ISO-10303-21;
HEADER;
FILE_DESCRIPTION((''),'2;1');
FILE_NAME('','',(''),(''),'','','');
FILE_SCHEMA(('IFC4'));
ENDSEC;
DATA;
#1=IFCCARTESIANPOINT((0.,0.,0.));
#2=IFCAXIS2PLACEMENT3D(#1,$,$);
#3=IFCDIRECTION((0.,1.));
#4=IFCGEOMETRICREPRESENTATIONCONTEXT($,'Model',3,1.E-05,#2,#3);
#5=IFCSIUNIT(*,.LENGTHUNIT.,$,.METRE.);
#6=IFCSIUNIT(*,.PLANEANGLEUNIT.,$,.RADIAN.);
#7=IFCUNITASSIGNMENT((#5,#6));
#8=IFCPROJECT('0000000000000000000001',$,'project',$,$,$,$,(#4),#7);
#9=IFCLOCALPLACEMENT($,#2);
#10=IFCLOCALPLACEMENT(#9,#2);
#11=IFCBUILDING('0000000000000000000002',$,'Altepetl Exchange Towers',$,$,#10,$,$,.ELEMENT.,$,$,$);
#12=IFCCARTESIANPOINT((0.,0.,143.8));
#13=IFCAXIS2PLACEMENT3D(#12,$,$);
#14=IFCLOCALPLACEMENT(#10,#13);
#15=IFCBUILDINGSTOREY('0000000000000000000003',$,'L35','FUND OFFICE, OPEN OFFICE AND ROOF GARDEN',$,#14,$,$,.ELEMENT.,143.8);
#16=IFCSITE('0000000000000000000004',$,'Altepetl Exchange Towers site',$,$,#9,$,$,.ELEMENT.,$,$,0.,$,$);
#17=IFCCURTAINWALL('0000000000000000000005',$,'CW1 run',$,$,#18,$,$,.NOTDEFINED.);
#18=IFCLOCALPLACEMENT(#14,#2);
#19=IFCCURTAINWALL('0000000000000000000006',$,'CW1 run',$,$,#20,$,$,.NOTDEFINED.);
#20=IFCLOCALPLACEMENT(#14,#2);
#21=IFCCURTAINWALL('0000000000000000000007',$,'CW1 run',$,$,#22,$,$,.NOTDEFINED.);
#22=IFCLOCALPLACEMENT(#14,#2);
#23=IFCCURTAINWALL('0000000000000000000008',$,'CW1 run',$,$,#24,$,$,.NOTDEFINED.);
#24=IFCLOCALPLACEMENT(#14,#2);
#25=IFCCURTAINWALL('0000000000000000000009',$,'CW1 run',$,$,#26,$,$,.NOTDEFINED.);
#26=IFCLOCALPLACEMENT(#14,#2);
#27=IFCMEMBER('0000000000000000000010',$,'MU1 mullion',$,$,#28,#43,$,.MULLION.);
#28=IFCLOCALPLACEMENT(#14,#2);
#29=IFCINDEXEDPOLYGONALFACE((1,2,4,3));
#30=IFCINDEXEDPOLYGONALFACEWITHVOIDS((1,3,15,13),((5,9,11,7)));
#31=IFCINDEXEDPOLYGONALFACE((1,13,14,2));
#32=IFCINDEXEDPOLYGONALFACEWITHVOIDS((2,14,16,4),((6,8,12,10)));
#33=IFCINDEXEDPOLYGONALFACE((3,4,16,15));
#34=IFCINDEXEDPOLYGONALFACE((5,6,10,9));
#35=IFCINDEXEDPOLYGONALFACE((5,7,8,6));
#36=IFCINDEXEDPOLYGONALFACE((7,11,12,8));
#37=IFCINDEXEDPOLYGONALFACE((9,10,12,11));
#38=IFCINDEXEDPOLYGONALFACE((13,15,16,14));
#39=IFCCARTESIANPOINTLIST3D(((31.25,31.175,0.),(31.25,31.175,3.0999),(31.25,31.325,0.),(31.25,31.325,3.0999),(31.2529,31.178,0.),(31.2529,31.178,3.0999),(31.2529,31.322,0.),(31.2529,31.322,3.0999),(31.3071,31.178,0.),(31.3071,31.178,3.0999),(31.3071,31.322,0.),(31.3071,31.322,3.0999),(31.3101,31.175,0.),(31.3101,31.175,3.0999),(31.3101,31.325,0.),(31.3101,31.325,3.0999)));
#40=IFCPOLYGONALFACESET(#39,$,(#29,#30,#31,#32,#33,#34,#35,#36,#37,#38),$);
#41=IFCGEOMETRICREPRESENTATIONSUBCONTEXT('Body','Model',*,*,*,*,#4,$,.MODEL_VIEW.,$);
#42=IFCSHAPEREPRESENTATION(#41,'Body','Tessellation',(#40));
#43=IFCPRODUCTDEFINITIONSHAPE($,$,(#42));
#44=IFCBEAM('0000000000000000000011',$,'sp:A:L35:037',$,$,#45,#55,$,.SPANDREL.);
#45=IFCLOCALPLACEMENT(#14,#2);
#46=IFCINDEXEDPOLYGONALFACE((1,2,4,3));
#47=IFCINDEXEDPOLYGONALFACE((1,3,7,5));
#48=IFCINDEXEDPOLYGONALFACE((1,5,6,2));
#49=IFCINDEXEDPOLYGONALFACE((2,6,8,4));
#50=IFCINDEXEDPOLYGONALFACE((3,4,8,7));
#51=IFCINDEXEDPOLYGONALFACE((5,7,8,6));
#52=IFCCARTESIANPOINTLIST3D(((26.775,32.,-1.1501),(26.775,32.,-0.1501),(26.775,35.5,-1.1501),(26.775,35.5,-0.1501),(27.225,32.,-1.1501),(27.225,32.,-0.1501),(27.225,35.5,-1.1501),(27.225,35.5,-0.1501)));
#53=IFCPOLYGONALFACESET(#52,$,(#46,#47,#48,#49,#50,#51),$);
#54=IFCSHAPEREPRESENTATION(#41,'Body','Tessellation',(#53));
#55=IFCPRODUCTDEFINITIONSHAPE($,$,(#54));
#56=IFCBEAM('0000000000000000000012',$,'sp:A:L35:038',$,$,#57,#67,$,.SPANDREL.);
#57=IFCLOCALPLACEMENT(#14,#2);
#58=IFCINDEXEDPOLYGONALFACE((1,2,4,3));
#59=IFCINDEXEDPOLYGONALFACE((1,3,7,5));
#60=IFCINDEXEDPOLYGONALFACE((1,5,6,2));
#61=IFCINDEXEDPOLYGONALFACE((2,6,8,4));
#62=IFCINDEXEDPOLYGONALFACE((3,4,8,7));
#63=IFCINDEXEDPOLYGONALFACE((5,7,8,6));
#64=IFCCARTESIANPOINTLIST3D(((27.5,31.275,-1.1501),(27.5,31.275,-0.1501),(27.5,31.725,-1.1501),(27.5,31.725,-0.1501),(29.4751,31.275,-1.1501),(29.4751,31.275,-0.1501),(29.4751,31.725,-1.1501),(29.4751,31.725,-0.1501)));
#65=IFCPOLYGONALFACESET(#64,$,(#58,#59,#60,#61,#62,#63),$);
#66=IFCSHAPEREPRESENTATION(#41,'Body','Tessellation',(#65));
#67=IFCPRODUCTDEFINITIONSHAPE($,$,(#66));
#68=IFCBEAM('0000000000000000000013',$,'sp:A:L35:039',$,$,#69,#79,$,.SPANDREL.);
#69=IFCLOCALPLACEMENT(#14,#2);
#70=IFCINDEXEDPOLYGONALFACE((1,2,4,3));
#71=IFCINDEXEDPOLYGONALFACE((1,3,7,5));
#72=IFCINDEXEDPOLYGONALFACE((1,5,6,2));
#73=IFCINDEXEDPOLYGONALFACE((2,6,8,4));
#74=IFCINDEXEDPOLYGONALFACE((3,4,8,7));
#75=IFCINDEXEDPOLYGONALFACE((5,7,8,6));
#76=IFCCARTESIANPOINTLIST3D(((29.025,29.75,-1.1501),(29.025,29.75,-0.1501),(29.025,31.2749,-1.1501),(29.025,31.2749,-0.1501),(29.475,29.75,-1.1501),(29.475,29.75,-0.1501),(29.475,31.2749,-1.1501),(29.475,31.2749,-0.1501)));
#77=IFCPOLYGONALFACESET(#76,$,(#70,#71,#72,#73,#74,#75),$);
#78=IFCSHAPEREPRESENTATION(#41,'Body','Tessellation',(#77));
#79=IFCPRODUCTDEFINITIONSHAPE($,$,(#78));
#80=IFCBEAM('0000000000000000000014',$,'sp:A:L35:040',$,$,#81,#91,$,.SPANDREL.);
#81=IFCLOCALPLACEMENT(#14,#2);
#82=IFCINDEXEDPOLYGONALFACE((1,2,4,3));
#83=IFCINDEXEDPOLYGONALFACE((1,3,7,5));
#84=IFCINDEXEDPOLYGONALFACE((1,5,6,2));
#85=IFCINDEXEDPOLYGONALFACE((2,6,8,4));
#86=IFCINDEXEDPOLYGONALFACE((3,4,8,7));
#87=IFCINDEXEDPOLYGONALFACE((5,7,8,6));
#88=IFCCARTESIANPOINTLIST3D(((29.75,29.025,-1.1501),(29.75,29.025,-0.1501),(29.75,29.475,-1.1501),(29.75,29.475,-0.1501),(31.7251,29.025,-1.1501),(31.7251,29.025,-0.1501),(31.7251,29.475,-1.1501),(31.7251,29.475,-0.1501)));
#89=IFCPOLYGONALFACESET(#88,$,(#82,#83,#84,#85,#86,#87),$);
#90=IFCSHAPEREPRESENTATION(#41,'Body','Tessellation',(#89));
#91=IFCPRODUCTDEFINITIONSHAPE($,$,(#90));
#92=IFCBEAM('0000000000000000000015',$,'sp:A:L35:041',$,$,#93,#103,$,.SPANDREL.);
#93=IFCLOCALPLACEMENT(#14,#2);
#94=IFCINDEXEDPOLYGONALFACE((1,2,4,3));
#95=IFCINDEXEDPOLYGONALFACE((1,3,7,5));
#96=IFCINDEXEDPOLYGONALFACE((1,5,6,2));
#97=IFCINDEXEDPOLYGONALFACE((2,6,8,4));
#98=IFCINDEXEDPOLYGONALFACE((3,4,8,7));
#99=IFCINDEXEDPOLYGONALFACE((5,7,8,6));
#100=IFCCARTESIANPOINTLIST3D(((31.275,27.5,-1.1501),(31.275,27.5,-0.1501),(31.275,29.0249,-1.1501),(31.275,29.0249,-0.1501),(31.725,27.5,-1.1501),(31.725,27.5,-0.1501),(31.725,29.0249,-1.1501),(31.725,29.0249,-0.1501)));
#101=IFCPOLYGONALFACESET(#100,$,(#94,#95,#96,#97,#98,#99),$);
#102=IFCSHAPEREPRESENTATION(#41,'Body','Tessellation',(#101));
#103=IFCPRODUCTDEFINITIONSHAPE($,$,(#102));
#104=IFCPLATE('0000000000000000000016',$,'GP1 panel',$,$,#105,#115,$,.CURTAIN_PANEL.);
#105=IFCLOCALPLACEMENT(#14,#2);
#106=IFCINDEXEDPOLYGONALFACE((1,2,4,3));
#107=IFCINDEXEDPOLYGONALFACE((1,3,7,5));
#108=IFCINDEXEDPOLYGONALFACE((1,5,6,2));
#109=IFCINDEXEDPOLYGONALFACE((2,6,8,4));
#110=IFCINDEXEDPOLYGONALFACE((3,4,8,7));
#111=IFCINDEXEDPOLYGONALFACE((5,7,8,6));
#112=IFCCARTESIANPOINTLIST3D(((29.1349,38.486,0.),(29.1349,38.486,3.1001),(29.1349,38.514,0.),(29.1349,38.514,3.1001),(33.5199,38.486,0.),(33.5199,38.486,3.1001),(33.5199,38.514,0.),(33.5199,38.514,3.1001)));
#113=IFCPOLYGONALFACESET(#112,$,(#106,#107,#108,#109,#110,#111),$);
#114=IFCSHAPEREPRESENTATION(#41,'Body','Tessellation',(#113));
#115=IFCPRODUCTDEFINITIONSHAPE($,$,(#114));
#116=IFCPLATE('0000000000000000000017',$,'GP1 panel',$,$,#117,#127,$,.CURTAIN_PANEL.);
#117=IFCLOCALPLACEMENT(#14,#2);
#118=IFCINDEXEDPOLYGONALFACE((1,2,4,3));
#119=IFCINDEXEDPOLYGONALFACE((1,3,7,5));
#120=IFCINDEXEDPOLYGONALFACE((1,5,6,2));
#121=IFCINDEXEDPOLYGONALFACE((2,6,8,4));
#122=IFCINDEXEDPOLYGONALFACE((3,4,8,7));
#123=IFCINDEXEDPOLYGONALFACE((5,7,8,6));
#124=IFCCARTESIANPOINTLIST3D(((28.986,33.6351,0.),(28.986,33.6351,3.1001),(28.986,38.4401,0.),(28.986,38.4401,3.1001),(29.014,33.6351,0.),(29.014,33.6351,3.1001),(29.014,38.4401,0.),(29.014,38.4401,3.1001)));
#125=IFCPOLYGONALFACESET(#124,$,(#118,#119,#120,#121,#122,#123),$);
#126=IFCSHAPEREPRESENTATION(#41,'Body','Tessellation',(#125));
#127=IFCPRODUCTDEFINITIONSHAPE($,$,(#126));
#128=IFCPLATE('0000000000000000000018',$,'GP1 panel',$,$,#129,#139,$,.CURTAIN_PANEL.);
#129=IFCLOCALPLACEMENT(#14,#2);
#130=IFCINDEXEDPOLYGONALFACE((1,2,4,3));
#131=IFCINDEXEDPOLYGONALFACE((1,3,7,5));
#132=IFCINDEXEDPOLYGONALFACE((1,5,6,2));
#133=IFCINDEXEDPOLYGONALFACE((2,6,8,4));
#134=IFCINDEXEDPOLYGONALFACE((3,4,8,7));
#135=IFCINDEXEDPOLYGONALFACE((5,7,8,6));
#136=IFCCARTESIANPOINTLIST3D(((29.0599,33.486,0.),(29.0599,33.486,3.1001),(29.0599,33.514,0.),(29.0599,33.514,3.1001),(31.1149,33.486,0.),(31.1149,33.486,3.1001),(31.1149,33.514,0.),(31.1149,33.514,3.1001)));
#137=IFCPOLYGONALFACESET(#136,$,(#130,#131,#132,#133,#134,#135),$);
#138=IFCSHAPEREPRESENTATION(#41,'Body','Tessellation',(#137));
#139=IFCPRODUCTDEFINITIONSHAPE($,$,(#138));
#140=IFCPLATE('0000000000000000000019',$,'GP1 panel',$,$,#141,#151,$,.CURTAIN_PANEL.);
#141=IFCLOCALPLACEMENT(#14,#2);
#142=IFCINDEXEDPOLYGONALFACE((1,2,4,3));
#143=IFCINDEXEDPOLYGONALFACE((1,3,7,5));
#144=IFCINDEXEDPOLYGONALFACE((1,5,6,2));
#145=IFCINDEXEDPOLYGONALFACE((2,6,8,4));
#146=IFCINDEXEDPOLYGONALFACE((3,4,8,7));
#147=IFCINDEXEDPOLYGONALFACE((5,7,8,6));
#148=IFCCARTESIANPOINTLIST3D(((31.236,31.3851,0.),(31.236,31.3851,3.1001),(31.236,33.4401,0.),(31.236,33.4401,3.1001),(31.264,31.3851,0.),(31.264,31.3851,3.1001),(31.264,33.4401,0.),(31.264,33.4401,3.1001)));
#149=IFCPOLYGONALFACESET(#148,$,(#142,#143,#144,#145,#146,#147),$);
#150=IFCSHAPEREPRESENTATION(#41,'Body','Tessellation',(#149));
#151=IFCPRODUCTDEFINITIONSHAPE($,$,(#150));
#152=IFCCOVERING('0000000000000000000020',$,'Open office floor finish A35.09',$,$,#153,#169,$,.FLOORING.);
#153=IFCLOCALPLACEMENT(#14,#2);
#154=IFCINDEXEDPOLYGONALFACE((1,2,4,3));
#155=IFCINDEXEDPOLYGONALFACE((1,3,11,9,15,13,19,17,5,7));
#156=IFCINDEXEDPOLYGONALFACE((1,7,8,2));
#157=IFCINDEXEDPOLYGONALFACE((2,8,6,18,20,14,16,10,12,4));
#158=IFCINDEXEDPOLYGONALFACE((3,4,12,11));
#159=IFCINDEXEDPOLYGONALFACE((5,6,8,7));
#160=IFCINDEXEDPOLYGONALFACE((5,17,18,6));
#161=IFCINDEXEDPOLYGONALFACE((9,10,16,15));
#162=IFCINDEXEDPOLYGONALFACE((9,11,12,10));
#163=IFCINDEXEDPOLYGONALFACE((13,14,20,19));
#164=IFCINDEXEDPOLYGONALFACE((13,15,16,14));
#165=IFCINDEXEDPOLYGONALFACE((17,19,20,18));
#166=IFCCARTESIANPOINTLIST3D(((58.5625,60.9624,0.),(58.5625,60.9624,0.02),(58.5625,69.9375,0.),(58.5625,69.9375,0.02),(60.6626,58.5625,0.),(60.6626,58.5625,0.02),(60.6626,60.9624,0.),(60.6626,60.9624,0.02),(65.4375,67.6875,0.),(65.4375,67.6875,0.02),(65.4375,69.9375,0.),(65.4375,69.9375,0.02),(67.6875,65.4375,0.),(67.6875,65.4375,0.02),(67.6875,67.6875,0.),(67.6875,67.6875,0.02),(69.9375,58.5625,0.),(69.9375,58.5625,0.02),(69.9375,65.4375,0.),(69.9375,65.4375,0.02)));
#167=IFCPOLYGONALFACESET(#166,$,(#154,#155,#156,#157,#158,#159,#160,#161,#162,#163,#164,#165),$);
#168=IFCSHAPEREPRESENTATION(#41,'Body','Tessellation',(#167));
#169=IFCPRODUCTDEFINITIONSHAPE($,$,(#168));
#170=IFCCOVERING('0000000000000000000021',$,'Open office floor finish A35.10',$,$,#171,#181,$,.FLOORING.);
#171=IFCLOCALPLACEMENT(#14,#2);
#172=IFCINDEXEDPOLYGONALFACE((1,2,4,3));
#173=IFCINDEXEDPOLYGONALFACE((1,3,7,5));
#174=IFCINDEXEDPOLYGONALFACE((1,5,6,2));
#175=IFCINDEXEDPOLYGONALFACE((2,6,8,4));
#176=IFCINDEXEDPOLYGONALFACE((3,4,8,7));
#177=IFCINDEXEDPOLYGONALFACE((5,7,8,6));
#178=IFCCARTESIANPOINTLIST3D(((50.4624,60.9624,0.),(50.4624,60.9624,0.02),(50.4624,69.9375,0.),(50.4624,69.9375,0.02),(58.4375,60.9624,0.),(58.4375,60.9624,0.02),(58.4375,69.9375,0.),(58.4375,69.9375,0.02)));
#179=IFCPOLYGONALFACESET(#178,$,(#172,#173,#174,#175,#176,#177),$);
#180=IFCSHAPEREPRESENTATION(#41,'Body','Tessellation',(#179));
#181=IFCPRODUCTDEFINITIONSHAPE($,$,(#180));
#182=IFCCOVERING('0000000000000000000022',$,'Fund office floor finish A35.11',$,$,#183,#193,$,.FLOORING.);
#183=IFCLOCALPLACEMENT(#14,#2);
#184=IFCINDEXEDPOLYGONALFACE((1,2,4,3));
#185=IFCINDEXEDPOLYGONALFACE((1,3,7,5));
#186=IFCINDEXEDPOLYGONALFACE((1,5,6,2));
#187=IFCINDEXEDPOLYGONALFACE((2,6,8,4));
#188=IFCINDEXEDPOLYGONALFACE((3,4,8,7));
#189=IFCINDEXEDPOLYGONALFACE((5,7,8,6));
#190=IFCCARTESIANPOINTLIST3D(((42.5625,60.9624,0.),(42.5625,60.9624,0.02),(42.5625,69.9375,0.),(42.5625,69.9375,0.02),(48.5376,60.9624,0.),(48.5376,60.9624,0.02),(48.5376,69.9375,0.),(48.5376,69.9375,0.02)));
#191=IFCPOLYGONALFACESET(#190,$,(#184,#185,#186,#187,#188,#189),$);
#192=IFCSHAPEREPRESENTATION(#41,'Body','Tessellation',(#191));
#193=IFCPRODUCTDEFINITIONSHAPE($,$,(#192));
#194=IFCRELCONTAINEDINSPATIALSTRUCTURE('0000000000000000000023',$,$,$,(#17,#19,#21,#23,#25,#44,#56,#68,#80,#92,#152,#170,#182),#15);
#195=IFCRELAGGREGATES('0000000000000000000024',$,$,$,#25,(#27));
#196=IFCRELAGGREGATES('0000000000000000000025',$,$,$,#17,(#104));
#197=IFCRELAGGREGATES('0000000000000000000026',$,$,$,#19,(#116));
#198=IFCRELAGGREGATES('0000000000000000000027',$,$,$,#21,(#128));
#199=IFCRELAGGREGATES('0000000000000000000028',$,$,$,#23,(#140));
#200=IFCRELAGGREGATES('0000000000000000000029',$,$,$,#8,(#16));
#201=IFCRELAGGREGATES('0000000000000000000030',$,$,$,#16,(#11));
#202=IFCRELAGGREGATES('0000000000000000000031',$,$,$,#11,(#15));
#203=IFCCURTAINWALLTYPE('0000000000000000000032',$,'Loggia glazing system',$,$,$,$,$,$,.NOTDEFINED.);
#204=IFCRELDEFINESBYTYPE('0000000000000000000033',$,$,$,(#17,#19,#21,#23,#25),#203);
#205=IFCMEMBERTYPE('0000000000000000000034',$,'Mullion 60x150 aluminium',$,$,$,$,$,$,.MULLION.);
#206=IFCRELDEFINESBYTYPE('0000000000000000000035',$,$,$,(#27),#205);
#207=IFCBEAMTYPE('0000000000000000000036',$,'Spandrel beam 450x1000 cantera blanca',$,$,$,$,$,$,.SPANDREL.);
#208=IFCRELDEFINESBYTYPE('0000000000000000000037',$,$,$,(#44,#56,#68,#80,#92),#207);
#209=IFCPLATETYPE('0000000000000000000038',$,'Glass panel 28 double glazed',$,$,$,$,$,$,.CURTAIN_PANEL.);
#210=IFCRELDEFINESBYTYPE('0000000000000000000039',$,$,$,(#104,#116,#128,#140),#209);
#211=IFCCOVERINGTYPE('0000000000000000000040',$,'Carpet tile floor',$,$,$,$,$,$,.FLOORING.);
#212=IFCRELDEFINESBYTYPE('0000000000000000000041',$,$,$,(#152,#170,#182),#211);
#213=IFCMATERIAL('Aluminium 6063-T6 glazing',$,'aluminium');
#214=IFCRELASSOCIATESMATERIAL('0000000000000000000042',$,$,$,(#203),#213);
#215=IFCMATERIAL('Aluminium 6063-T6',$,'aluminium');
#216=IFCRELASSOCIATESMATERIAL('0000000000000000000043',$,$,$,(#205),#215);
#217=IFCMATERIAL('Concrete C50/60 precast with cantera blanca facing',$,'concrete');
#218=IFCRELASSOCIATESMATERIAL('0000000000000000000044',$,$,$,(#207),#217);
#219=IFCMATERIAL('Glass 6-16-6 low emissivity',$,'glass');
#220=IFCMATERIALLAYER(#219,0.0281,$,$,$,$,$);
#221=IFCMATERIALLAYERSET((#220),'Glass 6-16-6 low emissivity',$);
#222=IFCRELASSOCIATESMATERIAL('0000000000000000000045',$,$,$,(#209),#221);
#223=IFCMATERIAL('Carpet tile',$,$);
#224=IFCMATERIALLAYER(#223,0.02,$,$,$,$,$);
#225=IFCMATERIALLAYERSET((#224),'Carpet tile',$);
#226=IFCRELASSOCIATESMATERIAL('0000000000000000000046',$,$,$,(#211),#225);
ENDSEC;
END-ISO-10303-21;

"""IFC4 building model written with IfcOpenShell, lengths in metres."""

from ifc_helpers import new_model, si_unit, direction, frame, origin, origin_2d, place, context, subcontext, project, spatial, polyline, rectangle, hollow_rectangle, outline, extrude, material, layer, layer_set, material_profile, profile_set, type_object, element, aggregate, save


model = new_model("IFC4")

# Units and contexts
model_context = context("Model", 3, precision=1e-05, world=origin(), true_north=direction((0.0, 1.0)))
body_context = subcontext(model_context, "Body", "Model", "MODEL_VIEW")
ifc_project = project(units=[si_unit("LENGTHUNIT", "METRE"), si_unit("PLANEANGLEUNIT", "RADIAN")], contexts=[model_context])

# Site, building, storey
site_placement = place(None, origin())
site = spatial("IfcSite", under=ifc_project, at=site_placement, Name="Altepetl Exchange Towers site", CompositionType="ELEMENT", RefElevation=0.0)
building_placement = place(site_placement, origin())
building = spatial("IfcBuilding", under=site, at=building_placement, Name="Altepetl Exchange Towers", CompositionType="ELEMENT")
storey_placement = place(building_placement, frame((0.0, 0.0, 143.8)))
storey = spatial("IfcBuildingStorey", under=building, at=storey_placement, Name="L35", Description="FUND OFFICE, OPEN OFFICE AND ROOF GARDEN", CompositionType="ELEMENT", Elevation=143.8)

# Curtain wall
ifc_material_1 = material(Name="Aluminium 6063-T6 glazing", Category="aluminium")
curtain_wall_type = type_object("IfcCurtainWallType", Name="Loggia glazing system", PredefinedType="NOTDEFINED", material=ifc_material_1)
curtain_wall_1_placement = place(storey_placement, origin())
curtain_wall_1 = element("IfcCurtainWall", 1, at=curtain_wall_1_placement, inside=storey, type_object=curtain_wall_type, Name="CW1 run", PredefinedType="NOTDEFINED")
ifc_material_2 = material(Name="Aluminium 6063-T6", Category="aluminium")
ifc_material_profile_1 = material_profile(ifc_material_2, hollow_rectangle(XDim=0.0601, YDim=0.1499, WallThickness=0.0029, at=origin_2d()), Name="Mullion 60x150 aluminium")
ifc_profile_set_1 = profile_set([ifc_material_profile_1], Name="Aluminium 6063-T6")
member_type = type_object("IfcMemberType", Name="Mullion 60x150 aluminium", PredefinedType="MULLION", material=ifc_profile_set_1)

# Curtain walls
curtain_wall_2_placement = place(storey_placement, origin())
curtain_wall_2 = element("IfcCurtainWall", 2, at=curtain_wall_2_placement, inside=storey, type_object=curtain_wall_type, Name="CW1 run", PredefinedType="NOTDEFINED")
curtain_wall_3_placement = place(storey_placement, origin())
curtain_wall_3 = element("IfcCurtainWall", 3, at=curtain_wall_3_placement, inside=storey, type_object=curtain_wall_type, Name="CW1 run", PredefinedType="NOTDEFINED")
curtain_wall_4_placement = place(storey_placement, origin())
curtain_wall_4 = element("IfcCurtainWall", 4, at=curtain_wall_4_placement, inside=storey, type_object=curtain_wall_type, Name="CW1 run", PredefinedType="NOTDEFINED")

# Curtain wall, member
curtain_wall_5_placement = place(storey_placement, origin())
curtain_wall_5 = element("IfcCurtainWall", 5, at=curtain_wall_5_placement, inside=storey, type_object=curtain_wall_type, Name="CW1 run", PredefinedType="NOTDEFINED")
member_1_placement = place(storey_placement, frame((31.28, 31.25, 0.0)))
member_1 = element("IfcMember", 6, at=member_1_placement, type_object=member_type, Name="MU1 mullion", PredefinedType="MULLION", context=body_context, shape_type="SweptSolid", body=[
    extrude(hollow_rectangle(XDim=0.0601, YDim=0.1499, WallThickness=0.0029, at=origin_2d()), origin(), (0.0, 0.0, 1.0), 3.0999),
])
aggregate(curtain_wall_5, [member_1])

# Beams
ifc_material_3 = material(Name="Concrete C50/60 precast with cantera blanca facing", Category="concrete")
ifc_material_profile_2 = material_profile(ifc_material_3, rectangle(XDim=0.45, YDim=1.0, at=origin_2d()), Name="450 x 1000")
ifc_profile_set_2 = profile_set([ifc_material_profile_2], Name="Concrete C50/60 precast with cantera blanca facing")
beam_type_1 = type_object("IfcBeamType", Name="Spandrel beam 450x1000 cantera blanca", PredefinedType="SPANDREL", material=ifc_profile_set_2)
beam_1_placement = place(storey_placement, frame((27.0, 35.5, -0.6501), z_axis=(0.0, -1.0, 0.0), x_axis=(1.0, 0.0, 0.0)))
element("IfcBeam", 7, at=beam_1_placement, inside=storey, type_object=beam_type_1, Name="sp:A:L35:037", PredefinedType="SPANDREL", context=body_context, shape_type="SweptSolid", body=[
    extrude(rectangle(XDim=0.45, YDim=1.0, at=origin_2d()), origin(), (0.0, 0.0, 1.0), 3.5),
])
beam_2_placement = place(storey_placement, frame((27.5, 31.5, -0.6501), z_axis=(1.0, 0.0, 0.0), x_axis=(0.0, 1.0, 0.0)))
element("IfcBeam", 8, at=beam_2_placement, inside=storey, type_object=beam_type_1, Name="sp:A:L35:038", PredefinedType="SPANDREL", context=body_context, shape_type="SweptSolid", body=[
    extrude(rectangle(XDim=0.45, YDim=1.0, at=origin_2d()), origin(), (0.0, 0.0, 1.0), 1.9751),
])
beam_3_placement = place(storey_placement, frame((29.25, 31.2749, -0.6501), z_axis=(0.0, -1.0, 0.0), x_axis=(1.0, 0.0, 0.0)))
element("IfcBeam", 9, at=beam_3_placement, inside=storey, type_object=beam_type_1, Name="sp:A:L35:039", PredefinedType="SPANDREL", context=body_context, shape_type="SweptSolid", body=[
    extrude(rectangle(XDim=0.45, YDim=1.0, at=origin_2d()), origin(), (0.0, 0.0, 1.0), 1.5249),
])
beam_4_placement = place(storey_placement, frame((29.75, 29.25, -0.6501), z_axis=(1.0, 0.0, 0.0), x_axis=(0.0, 1.0, 0.0)))
element("IfcBeam", 10, at=beam_4_placement, inside=storey, type_object=beam_type_1, Name="sp:A:L35:040", PredefinedType="SPANDREL", context=body_context, shape_type="SweptSolid", body=[
    extrude(rectangle(XDim=0.45, YDim=1.0, at=origin_2d()), origin(), (0.0, 0.0, 1.0), 1.9751),
])
beam_5_placement = place(storey_placement, frame((31.5, 29.0249, -0.6501), z_axis=(0.0, -1.0, 0.0), x_axis=(1.0, 0.0, 0.0)))
element("IfcBeam", 11, at=beam_5_placement, inside=storey, type_object=beam_type_1, Name="sp:A:L35:041", PredefinedType="SPANDREL", context=body_context, shape_type="SweptSolid", body=[
    extrude(rectangle(XDim=0.45, YDim=1.0, at=origin_2d()), origin(), (0.0, 0.0, 1.0), 1.5249),
])

# Plates
ifc_material_4 = material(Name="Glass 6-16-6 low emissivity", Category="glass")
ifc_layer_1 = layer(ifc_material_4, 0.0281)
ifc_layer_set_1 = layer_set([ifc_layer_1], Name="Glass 6-16-6 low emissivity")
plate_type = type_object("IfcPlateType", Name="Glass panel 28 double glazed", PredefinedType="CURTAIN_PANEL", material=ifc_layer_set_1)
plate_1_placement = place(storey_placement, frame((31.3274, 38.5, 0.0), z_axis=(0.0, 0.0, 1.0), x_axis=(-1.0, 0.0, 0.0)))
plate_1 = element("IfcPlate", 12, at=plate_1_placement, type_object=plate_type, Name="GP1 panel", PredefinedType="CURTAIN_PANEL", context=body_context, shape_type="SweptSolid", body=[
    extrude(rectangle(XDim=4.385, YDim=0.0281, at=origin_2d()), origin(), (0.0, 0.0, 1.0), 3.1001),
])
aggregate(curtain_wall_1, [plate_1])
plate_2_placement = place(storey_placement, frame((29.0, 36.0376, 0.0), z_axis=(0.0, 0.0, 1.0), x_axis=(0.0, -1.0, 0.0)))
plate_2 = element("IfcPlate", 13, at=plate_2_placement, type_object=plate_type, Name="GP1 panel", PredefinedType="CURTAIN_PANEL", context=body_context, shape_type="SweptSolid", body=[
    extrude(rectangle(XDim=4.8049, YDim=0.0281, at=origin_2d()), origin(), (0.0, 0.0, 1.0), 3.1001),
])
aggregate(curtain_wall_2, [plate_2])
plate_3_placement = place(storey_placement, frame((30.0874, 33.5, 0.0)))
plate_3 = element("IfcPlate", 14, at=plate_3_placement, type_object=plate_type, Name="GP1 panel", PredefinedType="CURTAIN_PANEL", context=body_context, shape_type="SweptSolid", body=[
    extrude(rectangle(XDim=2.0549, YDim=0.0281, at=origin_2d()), origin(), (0.0, 0.0, 1.0), 3.1001),
])
aggregate(curtain_wall_3, [plate_3])
plate_4_placement = place(storey_placement, frame((31.25, 32.4126, 0.0), z_axis=(0.0, 0.0, 1.0), x_axis=(0.0, -1.0, 0.0)))
plate_4 = element("IfcPlate", 15, at=plate_4_placement, type_object=plate_type, Name="GP1 panel", PredefinedType="CURTAIN_PANEL", context=body_context, shape_type="SweptSolid", body=[
    extrude(rectangle(XDim=2.0549, YDim=0.0281, at=origin_2d()), origin(), (0.0, 0.0, 1.0), 3.1001),
])
aggregate(curtain_wall_4, [plate_4])

# Coverings
ifc_material_5 = material(Name="Carpet tile")
ifc_layer_2 = layer(ifc_material_5, 0.02)
ifc_layer_set_2 = layer_set([ifc_layer_2], Name="Carpet tile")
covering_type = type_object("IfcCoveringType", Name="Carpet tile floor", PredefinedType="FLOORING", material=ifc_layer_set_2)
covering_1_placement = place(storey_placement, origin())
element("IfcCovering", 16, at=covering_1_placement, inside=storey, type_object=covering_type, Name="Open office floor finish A35.09", PredefinedType="FLOORING", context=body_context, shape_type="SweptSolid", body=[
    extrude(outline(polyline([(60.6626, 58.5625), (69.9375, 58.5625), (69.9375, 65.4375), (67.6875, 65.4375), (67.6875, 67.6875), (65.4375, 67.6875), (65.4375, 69.9375), (58.5625, 69.9375), (58.5625, 60.9624), (60.6626, 60.9624), (60.6626, 58.5625)])), origin(), (0.0, 0.0, 1.0), 0.02),
])
covering_2_placement = place(storey_placement, origin())
element("IfcCovering", 17, at=covering_2_placement, inside=storey, type_object=covering_type, Name="Open office floor finish A35.10", PredefinedType="FLOORING", context=body_context, shape_type="SweptSolid", body=[
    extrude(outline(polyline([(58.4375, 60.9624), (58.4375, 69.9375), (50.4624, 69.9375), (50.4624, 60.9624), (58.4375, 60.9624)])), origin(), (0.0, 0.0, 1.0), 0.02),
])
covering_3_placement = place(storey_placement, origin())
element("IfcCovering", 18, at=covering_3_placement, inside=storey, type_object=covering_type, Name="Fund office floor finish A35.11", PredefinedType="FLOORING", context=body_context, shape_type="SweptSolid", body=[
    extrude(outline(polyline([(42.5625, 60.9624), (48.5376, 60.9624), (48.5376, 69.9375), (42.5625, 69.9375), (42.5625, 60.9624)])), origin(), (0.0, 0.0, 1.0), 0.02),
])

save(model, "model.ifc")
